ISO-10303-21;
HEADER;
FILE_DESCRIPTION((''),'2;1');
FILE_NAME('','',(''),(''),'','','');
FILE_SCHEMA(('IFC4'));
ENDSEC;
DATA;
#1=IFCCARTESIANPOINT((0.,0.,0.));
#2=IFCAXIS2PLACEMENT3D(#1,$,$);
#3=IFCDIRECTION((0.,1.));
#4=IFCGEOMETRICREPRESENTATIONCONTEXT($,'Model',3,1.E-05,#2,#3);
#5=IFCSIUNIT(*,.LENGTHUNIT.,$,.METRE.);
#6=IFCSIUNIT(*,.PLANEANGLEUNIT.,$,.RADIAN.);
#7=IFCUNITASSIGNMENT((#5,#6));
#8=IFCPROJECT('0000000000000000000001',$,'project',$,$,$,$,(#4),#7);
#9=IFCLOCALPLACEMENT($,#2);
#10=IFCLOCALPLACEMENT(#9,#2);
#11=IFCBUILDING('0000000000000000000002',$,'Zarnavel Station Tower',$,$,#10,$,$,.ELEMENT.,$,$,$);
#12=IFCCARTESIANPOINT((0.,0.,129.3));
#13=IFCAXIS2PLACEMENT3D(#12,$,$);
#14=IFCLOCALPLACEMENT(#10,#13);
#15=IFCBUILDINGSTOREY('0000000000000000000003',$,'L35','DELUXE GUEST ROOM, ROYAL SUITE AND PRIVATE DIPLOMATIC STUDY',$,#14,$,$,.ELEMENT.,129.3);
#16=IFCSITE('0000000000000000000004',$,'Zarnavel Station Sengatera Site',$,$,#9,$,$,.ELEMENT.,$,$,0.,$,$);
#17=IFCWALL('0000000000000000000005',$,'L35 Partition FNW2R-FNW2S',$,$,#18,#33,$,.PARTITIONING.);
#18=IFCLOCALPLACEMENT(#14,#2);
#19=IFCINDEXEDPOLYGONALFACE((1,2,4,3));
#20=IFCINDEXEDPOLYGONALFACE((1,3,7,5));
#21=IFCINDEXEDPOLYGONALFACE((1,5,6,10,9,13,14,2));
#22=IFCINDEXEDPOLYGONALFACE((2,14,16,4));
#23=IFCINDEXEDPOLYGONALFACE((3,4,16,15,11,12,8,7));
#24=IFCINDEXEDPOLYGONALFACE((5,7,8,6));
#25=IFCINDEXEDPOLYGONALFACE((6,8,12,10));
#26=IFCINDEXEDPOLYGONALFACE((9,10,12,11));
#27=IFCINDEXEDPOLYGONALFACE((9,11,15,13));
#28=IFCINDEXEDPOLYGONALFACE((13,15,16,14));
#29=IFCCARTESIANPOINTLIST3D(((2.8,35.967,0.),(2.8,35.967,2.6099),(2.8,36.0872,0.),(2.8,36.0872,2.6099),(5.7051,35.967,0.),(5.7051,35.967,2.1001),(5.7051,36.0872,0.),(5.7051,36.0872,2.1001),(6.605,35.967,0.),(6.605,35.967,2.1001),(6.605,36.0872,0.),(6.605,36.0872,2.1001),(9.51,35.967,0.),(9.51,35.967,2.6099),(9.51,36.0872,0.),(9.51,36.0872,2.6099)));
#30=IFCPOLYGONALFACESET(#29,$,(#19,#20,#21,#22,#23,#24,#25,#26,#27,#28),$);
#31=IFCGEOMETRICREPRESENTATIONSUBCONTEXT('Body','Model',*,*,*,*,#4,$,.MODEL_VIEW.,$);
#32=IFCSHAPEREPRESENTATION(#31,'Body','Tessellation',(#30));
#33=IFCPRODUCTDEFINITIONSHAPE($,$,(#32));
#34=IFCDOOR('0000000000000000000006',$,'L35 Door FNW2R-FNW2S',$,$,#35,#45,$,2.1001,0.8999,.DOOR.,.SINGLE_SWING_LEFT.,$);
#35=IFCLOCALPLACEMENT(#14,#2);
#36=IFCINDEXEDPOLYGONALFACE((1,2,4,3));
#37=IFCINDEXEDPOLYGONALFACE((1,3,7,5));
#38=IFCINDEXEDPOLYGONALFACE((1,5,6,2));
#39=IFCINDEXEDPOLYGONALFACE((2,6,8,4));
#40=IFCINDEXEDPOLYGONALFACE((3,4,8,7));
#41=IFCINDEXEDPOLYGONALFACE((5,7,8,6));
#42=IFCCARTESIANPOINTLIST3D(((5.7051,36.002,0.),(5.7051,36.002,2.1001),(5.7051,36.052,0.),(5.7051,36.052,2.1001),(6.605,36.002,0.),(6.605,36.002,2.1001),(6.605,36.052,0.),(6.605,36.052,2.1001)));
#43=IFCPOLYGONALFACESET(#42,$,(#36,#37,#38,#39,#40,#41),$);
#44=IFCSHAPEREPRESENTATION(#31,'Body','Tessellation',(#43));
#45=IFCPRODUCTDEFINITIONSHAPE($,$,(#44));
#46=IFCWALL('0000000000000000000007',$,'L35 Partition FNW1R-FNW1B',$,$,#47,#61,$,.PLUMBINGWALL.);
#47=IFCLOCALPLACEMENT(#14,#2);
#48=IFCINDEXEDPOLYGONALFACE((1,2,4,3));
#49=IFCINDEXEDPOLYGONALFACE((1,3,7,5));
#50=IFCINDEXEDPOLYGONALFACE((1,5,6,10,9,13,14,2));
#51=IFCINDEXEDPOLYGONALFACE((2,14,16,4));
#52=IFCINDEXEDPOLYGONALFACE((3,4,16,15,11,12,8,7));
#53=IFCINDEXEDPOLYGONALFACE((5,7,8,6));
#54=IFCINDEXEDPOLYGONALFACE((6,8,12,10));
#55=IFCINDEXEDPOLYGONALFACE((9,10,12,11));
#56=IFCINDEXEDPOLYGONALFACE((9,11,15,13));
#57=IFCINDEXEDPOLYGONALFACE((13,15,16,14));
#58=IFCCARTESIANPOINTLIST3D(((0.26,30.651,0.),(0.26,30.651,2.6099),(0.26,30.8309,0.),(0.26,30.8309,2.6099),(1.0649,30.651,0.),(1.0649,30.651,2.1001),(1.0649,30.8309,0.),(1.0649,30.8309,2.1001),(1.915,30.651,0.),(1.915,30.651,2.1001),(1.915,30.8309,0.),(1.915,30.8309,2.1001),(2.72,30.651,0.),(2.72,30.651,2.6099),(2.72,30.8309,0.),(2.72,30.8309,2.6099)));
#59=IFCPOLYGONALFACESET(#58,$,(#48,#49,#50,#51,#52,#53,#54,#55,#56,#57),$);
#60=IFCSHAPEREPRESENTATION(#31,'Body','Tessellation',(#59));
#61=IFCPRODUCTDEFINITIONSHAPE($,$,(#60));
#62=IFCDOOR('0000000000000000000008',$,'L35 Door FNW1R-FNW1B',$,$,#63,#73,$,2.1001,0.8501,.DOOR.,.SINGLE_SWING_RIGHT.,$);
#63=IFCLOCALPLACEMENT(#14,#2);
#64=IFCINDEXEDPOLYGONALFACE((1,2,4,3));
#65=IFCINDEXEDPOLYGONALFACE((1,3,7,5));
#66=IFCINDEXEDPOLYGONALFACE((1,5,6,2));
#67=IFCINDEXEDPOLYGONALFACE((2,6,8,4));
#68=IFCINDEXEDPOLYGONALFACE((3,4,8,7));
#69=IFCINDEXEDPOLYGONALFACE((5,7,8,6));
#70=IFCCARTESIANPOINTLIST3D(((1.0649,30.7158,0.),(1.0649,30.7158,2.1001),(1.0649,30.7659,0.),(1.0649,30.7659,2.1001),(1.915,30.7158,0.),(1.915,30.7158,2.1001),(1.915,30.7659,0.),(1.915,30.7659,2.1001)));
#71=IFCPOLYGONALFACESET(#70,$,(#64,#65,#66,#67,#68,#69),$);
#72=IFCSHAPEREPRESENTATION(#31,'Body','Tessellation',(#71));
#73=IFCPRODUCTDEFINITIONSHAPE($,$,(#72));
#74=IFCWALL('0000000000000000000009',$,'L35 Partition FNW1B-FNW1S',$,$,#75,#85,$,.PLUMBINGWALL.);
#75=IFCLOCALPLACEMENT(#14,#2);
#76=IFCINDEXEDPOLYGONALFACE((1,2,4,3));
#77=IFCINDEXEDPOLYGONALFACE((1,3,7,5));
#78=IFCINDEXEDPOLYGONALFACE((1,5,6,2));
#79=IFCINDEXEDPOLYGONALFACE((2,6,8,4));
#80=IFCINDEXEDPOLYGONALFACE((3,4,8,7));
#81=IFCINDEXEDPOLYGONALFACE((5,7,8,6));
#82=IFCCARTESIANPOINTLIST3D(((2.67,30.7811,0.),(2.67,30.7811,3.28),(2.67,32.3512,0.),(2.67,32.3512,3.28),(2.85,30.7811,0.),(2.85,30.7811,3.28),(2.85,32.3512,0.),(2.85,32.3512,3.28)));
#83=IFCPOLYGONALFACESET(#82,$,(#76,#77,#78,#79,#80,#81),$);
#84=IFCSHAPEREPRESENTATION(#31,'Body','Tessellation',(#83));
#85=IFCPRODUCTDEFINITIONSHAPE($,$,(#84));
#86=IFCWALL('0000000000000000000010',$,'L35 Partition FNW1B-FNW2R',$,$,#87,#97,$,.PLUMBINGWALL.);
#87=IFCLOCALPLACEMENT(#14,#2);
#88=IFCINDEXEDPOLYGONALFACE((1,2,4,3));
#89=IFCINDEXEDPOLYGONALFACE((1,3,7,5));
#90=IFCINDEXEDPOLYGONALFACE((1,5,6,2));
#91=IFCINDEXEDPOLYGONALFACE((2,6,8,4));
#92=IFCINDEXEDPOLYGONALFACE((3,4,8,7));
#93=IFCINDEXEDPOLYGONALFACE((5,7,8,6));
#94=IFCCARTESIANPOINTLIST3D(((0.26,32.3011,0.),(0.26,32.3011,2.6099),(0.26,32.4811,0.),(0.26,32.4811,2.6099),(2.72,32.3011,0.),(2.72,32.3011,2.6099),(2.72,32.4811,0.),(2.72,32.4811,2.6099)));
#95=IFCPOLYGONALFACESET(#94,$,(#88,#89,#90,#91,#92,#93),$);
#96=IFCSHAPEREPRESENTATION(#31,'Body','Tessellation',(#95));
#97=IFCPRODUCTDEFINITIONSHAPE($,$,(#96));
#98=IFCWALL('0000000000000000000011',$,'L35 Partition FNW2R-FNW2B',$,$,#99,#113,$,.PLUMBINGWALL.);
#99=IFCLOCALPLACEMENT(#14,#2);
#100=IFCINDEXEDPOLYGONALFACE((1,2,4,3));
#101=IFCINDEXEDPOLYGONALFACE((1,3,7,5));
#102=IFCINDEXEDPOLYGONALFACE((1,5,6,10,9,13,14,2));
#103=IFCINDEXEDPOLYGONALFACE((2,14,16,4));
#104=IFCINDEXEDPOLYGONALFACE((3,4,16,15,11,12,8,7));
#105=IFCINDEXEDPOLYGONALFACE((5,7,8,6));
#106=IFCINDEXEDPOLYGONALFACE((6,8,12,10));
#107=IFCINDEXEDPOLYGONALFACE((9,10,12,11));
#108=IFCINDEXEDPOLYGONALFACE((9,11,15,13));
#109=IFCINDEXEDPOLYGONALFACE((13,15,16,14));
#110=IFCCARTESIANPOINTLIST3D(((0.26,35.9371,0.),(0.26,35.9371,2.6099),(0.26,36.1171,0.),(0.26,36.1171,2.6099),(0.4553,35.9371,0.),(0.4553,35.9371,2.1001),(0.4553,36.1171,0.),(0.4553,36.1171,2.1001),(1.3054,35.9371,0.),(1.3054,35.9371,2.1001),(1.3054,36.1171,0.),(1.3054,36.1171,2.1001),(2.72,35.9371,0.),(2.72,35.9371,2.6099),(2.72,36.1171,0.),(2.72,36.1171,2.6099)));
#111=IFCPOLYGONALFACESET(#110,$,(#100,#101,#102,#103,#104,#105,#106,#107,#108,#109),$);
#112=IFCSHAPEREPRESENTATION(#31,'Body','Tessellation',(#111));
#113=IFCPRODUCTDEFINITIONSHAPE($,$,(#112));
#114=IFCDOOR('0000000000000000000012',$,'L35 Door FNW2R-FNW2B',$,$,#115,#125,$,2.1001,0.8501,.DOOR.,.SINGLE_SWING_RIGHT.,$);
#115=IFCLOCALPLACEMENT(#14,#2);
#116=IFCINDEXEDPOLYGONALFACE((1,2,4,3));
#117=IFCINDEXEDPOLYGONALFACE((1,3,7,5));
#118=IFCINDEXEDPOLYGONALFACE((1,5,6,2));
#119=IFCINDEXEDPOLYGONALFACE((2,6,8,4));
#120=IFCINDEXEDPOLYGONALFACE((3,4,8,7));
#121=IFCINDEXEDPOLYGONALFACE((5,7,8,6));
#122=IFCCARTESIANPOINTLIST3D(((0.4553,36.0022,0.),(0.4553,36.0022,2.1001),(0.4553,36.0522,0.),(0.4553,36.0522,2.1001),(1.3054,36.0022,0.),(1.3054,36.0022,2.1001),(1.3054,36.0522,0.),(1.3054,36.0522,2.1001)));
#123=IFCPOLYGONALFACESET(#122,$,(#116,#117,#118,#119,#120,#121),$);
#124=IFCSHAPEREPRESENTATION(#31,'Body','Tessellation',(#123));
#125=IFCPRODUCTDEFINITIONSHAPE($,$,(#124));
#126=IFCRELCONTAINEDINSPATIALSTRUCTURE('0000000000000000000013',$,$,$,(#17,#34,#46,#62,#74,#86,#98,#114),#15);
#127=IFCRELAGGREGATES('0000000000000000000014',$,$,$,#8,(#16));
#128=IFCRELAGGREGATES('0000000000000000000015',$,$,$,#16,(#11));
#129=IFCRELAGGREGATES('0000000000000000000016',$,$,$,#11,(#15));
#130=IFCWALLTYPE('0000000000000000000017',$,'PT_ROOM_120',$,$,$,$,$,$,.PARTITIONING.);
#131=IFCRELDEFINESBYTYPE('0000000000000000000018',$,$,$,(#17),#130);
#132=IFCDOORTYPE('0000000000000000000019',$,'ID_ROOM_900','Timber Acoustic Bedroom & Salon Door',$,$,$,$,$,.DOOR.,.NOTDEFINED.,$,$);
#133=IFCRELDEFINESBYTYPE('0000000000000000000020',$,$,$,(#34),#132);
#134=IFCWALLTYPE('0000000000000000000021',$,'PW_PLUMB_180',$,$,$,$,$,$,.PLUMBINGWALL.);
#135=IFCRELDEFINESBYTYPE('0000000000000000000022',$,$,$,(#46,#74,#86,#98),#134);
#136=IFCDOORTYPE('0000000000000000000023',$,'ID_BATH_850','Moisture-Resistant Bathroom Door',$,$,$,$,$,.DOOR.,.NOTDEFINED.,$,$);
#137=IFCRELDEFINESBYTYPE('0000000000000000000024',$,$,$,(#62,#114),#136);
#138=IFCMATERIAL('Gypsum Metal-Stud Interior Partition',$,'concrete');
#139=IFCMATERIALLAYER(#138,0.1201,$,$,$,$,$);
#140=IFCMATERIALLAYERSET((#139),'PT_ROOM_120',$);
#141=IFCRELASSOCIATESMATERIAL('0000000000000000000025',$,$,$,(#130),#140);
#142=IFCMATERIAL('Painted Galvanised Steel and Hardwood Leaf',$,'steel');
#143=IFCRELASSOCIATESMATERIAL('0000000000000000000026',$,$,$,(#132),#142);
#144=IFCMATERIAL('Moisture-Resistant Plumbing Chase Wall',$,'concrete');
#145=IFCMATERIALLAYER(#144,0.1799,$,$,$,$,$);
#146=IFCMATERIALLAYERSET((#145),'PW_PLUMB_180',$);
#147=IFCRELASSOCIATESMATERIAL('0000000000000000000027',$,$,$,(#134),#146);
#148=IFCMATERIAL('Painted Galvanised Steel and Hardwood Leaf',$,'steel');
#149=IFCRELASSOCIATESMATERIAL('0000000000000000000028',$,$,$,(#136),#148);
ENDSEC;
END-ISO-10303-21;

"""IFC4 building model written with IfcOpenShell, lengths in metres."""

from ifc_helpers import new_model, si_unit, direction, frame, frame_2d, origin, place, context, subcontext, project, spatial, rectangle, extrude, material, layer, layer_set, type_object, element, fill, save


model = new_model("IFC4")

# Units and contexts
model_context = context("Model", 3, precision=1e-05, world=origin(), true_north=direction((0.0, 1.0)))
body_context = subcontext(model_context, "Body", "Model", "MODEL_VIEW")
ifc_project = project(units=[si_unit("LENGTHUNIT", "METRE"), si_unit("PLANEANGLEUNIT", "RADIAN")], contexts=[model_context])

# Site, building, storey
site_placement = place(None, origin())
site = spatial("IfcSite", under=ifc_project, at=site_placement, Name="Zarnavel Station Sengatera Site", CompositionType="ELEMENT", RefElevation=0.0)
building_placement = place(site_placement, origin())
building = spatial("IfcBuilding", under=site, at=building_placement, Name="Zarnavel Station Tower", CompositionType="ELEMENT")
storey_placement = place(building_placement, frame((0.0, 0.0, 129.3)))
storey = spatial("IfcBuildingStorey", under=building, at=storey_placement, Name="L35", Description="DELUXE GUEST ROOM, ROYAL SUITE AND PRIVATE DIPLOMATIC STUDY", CompositionType="ELEMENT", Elevation=129.3)

# Walls, openings, doors
ifc_material_1 = material(Name="Gypsum Metal-Stud Interior Partition", Category="concrete")
ifc_layer_1 = layer(ifc_material_1, 0.1201)
ifc_layer_set_1 = layer_set([ifc_layer_1], Name="PT_ROOM_120")
wall_type_1 = type_object("IfcWallType", Name="PT_ROOM_120", PredefinedType="PARTITIONING", material=ifc_layer_set_1)
ifc_material_2 = material(Name="Painted Galvanised Steel and Hardwood Leaf", Category="steel")
door_type_1 = type_object("IfcDoorType", Name="ID_ROOM_900", Description="Timber Acoustic Bedroom & Salon Door", OperationType="NOTDEFINED", PredefinedType="DOOR", material=ifc_material_2)
wall_1_placement = place(storey_placement, frame((2.8, 36.0271, 0.0), z_axis=(0.0, 0.0, 1.0), x_axis=(1.0, 0.0, 0.0)))
wall_1 = element("IfcWall", 1, at=wall_1_placement, inside=storey, type_object=wall_type_1, Name="L35 Partition FNW2R-FNW2S", PredefinedType="PARTITIONING", context=body_context, shape_type="SweptSolid", body=[
    extrude(rectangle(XDim=6.71, YDim=0.1201, at=frame_2d((3.355, 0.0))), origin(), (0.0, 0.0, 1.0), 2.6099),
])
opening_1_placement = place(wall_1_placement, frame((2.905, 0.0, 0.0)))
opening_1 = element("IfcOpeningElement", 2, at=opening_1_placement, cuts=wall_1, PredefinedType="OPENING", context=body_context, shape_type="SweptSolid", body=[
    extrude(rectangle(XDim=0.8999, YDim=2.1001, at=frame_2d((0.45, 1.05))), frame((0.0, 0.0701, 0.0), z_axis=(0.0, -1.0, 0.0), x_axis=(1.0, 0.0, 0.0)), (0.0, 0.0, 1.0), 0.1401),
])
door_1_placement = place(opening_1_placement, origin())
door_1 = element("IfcDoor", 3, at=door_1_placement, inside=storey, type_object=door_type_1, Name="L35 Door FNW2R-FNW2S", OperationType="SINGLE_SWING_LEFT", OverallHeight=2.1001, OverallWidth=0.8999, PredefinedType="DOOR", context=body_context, shape_type="SweptSolid", body=[
    extrude(rectangle(XDim=0.8999, YDim=2.1001, at=frame_2d((0.45, 1.05))), frame((0.0, 0.0249, 0.0), z_axis=(0.0, -1.0, 0.0), x_axis=(1.0, 0.0, 0.0)), (0.0, 0.0, 1.0), 0.05),
])
fill(opening_1, door_1)
ifc_material_3 = material(Name="Moisture-Resistant Plumbing Chase Wall", Category="concrete")
ifc_layer_2 = layer(ifc_material_3, 0.1799)
ifc_layer_set_2 = layer_set([ifc_layer_2], Name="PW_PLUMB_180")
wall_type_2 = type_object("IfcWallType", Name="PW_PLUMB_180", PredefinedType="PLUMBINGWALL", material=ifc_layer_set_2)
wall_2_placement = place(storey_placement, frame((0.26, 30.741, 0.0), z_axis=(0.0, 0.0, 1.0), x_axis=(1.0, 0.0, 0.0)))
wall_2 = element("IfcWall", 4, at=wall_2_placement, inside=storey, type_object=wall_type_2, Name="L35 Partition FNW1R-FNW1B", PredefinedType="PLUMBINGWALL", context=body_context, shape_type="SweptSolid", body=[
    extrude(rectangle(XDim=2.46, YDim=0.1799, at=frame_2d((1.23, 0.0))), origin(), (0.0, 0.0, 1.0), 2.6099),
])
opening_2_placement = place(wall_2_placement, frame((0.8049, 0.0, 0.0)))
opening_2 = element("IfcOpeningElement", 5, at=opening_2_placement, cuts=wall_2, PredefinedType="OPENING", context=body_context, shape_type="SweptSolid", body=[
    extrude(rectangle(XDim=0.8501, YDim=2.1001, at=frame_2d((0.425, 1.05))), frame((0.0, 0.0999, 0.0), z_axis=(0.0, -1.0, 0.0), x_axis=(1.0, 0.0, 0.0)), (0.0, 0.0, 1.0), 0.2),
])
ifc_material_4 = material(Name="Painted Galvanised Steel and Hardwood Leaf", Category="steel")
door_type_2 = type_object("IfcDoorType", Name="ID_BATH_850", Description="Moisture-Resistant Bathroom Door", OperationType="NOTDEFINED", PredefinedType="DOOR", material=ifc_material_4)
door_2_placement = place(opening_2_placement, origin())
door_2 = element("IfcDoor", 6, at=door_2_placement, inside=storey, type_object=door_type_2, Name="L35 Door FNW1R-FNW1B", OperationType="SINGLE_SWING_RIGHT", OverallHeight=2.1001, OverallWidth=0.8501, PredefinedType="DOOR", context=body_context, shape_type="SweptSolid", body=[
    extrude(rectangle(XDim=0.8501, YDim=2.1001, at=frame_2d((0.425, 1.05))), frame((0.0, 0.0249, 0.0), z_axis=(0.0, -1.0, 0.0), x_axis=(1.0, 0.0, 0.0)), (0.0, 0.0, 1.0), 0.05),
])
fill(opening_2, door_2)

# Walls
wall_3_placement = place(storey_placement, frame((2.76, 30.781, 0.0), z_axis=(0.0, 0.0, 1.0), x_axis=(0.0, 1.0, 0.0)))
element("IfcWall", 7, at=wall_3_placement, inside=storey, type_object=wall_type_2, Name="L35 Partition FNW1B-FNW1S", PredefinedType="PLUMBINGWALL", context=body_context, shape_type="SweptSolid", body=[
    extrude(rectangle(XDim=1.5701, YDim=0.1799, at=frame_2d((0.7852, 0.0))), origin(), (0.0, 0.0, 1.0), 3.28),
])
wall_4_placement = place(storey_placement, frame((0.26, 32.3911, 0.0), z_axis=(0.0, 0.0, 1.0), x_axis=(1.0, 0.0, 0.0)))
element("IfcWall", 8, at=wall_4_placement, inside=storey, type_object=wall_type_2, Name="L35 Partition FNW1B-FNW2R", PredefinedType="PLUMBINGWALL", context=body_context, shape_type="SweptSolid", body=[
    extrude(rectangle(XDim=2.46, YDim=0.1799, at=frame_2d((1.23, 0.0))), origin(), (0.0, 0.0, 1.0), 2.6099),
])

# Wall, opening, door
wall_5_placement = place(storey_placement, frame((2.72, 36.0271, 0.0), z_axis=(0.0, 0.0, 1.0), x_axis=(-1.0, 0.0, 0.0)))
wall_5 = element("IfcWall", 9, at=wall_5_placement, inside=storey, type_object=wall_type_2, Name="L35 Partition FNW2R-FNW2B", PredefinedType="PLUMBINGWALL", context=body_context, shape_type="SweptSolid", body=[
    extrude(rectangle(XDim=2.46, YDim=0.1799, at=frame_2d((1.23, 0.0))), origin(), (0.0, 0.0, 1.0), 2.6099),
])
opening_3_placement = place(wall_5_placement, frame((1.4146, 0.0, 0.0)))
opening_3 = element("IfcOpeningElement", 10, at=opening_3_placement, cuts=wall_5, PredefinedType="OPENING", context=body_context, shape_type="SweptSolid", body=[
    extrude(rectangle(XDim=0.8501, YDim=2.1001, at=frame_2d((0.425, 1.05))), frame((0.0, 0.0999, 0.0), z_axis=(0.0, -1.0, 0.0), x_axis=(1.0, 0.0, 0.0)), (0.0, 0.0, 1.0), 0.2),
])
door_3_placement = place(opening_3_placement, origin())
door_3 = element("IfcDoor", 11, at=door_3_placement, inside=storey, type_object=door_type_2, Name="L35 Door FNW2R-FNW2B", OperationType="SINGLE_SWING_RIGHT", OverallHeight=2.1001, OverallWidth=0.8501, PredefinedType="DOOR", context=body_context, shape_type="SweptSolid", body=[
    extrude(rectangle(XDim=0.8501, YDim=2.1001, at=frame_2d((0.425, 1.05))), frame((0.0, 0.0249, 0.0), z_axis=(0.0, -1.0, 0.0), x_axis=(1.0, 0.0, 0.0)), (0.0, 0.0, 1.0), 0.05),
])
fill(opening_3, door_3)

save(model, "model.ifc")
